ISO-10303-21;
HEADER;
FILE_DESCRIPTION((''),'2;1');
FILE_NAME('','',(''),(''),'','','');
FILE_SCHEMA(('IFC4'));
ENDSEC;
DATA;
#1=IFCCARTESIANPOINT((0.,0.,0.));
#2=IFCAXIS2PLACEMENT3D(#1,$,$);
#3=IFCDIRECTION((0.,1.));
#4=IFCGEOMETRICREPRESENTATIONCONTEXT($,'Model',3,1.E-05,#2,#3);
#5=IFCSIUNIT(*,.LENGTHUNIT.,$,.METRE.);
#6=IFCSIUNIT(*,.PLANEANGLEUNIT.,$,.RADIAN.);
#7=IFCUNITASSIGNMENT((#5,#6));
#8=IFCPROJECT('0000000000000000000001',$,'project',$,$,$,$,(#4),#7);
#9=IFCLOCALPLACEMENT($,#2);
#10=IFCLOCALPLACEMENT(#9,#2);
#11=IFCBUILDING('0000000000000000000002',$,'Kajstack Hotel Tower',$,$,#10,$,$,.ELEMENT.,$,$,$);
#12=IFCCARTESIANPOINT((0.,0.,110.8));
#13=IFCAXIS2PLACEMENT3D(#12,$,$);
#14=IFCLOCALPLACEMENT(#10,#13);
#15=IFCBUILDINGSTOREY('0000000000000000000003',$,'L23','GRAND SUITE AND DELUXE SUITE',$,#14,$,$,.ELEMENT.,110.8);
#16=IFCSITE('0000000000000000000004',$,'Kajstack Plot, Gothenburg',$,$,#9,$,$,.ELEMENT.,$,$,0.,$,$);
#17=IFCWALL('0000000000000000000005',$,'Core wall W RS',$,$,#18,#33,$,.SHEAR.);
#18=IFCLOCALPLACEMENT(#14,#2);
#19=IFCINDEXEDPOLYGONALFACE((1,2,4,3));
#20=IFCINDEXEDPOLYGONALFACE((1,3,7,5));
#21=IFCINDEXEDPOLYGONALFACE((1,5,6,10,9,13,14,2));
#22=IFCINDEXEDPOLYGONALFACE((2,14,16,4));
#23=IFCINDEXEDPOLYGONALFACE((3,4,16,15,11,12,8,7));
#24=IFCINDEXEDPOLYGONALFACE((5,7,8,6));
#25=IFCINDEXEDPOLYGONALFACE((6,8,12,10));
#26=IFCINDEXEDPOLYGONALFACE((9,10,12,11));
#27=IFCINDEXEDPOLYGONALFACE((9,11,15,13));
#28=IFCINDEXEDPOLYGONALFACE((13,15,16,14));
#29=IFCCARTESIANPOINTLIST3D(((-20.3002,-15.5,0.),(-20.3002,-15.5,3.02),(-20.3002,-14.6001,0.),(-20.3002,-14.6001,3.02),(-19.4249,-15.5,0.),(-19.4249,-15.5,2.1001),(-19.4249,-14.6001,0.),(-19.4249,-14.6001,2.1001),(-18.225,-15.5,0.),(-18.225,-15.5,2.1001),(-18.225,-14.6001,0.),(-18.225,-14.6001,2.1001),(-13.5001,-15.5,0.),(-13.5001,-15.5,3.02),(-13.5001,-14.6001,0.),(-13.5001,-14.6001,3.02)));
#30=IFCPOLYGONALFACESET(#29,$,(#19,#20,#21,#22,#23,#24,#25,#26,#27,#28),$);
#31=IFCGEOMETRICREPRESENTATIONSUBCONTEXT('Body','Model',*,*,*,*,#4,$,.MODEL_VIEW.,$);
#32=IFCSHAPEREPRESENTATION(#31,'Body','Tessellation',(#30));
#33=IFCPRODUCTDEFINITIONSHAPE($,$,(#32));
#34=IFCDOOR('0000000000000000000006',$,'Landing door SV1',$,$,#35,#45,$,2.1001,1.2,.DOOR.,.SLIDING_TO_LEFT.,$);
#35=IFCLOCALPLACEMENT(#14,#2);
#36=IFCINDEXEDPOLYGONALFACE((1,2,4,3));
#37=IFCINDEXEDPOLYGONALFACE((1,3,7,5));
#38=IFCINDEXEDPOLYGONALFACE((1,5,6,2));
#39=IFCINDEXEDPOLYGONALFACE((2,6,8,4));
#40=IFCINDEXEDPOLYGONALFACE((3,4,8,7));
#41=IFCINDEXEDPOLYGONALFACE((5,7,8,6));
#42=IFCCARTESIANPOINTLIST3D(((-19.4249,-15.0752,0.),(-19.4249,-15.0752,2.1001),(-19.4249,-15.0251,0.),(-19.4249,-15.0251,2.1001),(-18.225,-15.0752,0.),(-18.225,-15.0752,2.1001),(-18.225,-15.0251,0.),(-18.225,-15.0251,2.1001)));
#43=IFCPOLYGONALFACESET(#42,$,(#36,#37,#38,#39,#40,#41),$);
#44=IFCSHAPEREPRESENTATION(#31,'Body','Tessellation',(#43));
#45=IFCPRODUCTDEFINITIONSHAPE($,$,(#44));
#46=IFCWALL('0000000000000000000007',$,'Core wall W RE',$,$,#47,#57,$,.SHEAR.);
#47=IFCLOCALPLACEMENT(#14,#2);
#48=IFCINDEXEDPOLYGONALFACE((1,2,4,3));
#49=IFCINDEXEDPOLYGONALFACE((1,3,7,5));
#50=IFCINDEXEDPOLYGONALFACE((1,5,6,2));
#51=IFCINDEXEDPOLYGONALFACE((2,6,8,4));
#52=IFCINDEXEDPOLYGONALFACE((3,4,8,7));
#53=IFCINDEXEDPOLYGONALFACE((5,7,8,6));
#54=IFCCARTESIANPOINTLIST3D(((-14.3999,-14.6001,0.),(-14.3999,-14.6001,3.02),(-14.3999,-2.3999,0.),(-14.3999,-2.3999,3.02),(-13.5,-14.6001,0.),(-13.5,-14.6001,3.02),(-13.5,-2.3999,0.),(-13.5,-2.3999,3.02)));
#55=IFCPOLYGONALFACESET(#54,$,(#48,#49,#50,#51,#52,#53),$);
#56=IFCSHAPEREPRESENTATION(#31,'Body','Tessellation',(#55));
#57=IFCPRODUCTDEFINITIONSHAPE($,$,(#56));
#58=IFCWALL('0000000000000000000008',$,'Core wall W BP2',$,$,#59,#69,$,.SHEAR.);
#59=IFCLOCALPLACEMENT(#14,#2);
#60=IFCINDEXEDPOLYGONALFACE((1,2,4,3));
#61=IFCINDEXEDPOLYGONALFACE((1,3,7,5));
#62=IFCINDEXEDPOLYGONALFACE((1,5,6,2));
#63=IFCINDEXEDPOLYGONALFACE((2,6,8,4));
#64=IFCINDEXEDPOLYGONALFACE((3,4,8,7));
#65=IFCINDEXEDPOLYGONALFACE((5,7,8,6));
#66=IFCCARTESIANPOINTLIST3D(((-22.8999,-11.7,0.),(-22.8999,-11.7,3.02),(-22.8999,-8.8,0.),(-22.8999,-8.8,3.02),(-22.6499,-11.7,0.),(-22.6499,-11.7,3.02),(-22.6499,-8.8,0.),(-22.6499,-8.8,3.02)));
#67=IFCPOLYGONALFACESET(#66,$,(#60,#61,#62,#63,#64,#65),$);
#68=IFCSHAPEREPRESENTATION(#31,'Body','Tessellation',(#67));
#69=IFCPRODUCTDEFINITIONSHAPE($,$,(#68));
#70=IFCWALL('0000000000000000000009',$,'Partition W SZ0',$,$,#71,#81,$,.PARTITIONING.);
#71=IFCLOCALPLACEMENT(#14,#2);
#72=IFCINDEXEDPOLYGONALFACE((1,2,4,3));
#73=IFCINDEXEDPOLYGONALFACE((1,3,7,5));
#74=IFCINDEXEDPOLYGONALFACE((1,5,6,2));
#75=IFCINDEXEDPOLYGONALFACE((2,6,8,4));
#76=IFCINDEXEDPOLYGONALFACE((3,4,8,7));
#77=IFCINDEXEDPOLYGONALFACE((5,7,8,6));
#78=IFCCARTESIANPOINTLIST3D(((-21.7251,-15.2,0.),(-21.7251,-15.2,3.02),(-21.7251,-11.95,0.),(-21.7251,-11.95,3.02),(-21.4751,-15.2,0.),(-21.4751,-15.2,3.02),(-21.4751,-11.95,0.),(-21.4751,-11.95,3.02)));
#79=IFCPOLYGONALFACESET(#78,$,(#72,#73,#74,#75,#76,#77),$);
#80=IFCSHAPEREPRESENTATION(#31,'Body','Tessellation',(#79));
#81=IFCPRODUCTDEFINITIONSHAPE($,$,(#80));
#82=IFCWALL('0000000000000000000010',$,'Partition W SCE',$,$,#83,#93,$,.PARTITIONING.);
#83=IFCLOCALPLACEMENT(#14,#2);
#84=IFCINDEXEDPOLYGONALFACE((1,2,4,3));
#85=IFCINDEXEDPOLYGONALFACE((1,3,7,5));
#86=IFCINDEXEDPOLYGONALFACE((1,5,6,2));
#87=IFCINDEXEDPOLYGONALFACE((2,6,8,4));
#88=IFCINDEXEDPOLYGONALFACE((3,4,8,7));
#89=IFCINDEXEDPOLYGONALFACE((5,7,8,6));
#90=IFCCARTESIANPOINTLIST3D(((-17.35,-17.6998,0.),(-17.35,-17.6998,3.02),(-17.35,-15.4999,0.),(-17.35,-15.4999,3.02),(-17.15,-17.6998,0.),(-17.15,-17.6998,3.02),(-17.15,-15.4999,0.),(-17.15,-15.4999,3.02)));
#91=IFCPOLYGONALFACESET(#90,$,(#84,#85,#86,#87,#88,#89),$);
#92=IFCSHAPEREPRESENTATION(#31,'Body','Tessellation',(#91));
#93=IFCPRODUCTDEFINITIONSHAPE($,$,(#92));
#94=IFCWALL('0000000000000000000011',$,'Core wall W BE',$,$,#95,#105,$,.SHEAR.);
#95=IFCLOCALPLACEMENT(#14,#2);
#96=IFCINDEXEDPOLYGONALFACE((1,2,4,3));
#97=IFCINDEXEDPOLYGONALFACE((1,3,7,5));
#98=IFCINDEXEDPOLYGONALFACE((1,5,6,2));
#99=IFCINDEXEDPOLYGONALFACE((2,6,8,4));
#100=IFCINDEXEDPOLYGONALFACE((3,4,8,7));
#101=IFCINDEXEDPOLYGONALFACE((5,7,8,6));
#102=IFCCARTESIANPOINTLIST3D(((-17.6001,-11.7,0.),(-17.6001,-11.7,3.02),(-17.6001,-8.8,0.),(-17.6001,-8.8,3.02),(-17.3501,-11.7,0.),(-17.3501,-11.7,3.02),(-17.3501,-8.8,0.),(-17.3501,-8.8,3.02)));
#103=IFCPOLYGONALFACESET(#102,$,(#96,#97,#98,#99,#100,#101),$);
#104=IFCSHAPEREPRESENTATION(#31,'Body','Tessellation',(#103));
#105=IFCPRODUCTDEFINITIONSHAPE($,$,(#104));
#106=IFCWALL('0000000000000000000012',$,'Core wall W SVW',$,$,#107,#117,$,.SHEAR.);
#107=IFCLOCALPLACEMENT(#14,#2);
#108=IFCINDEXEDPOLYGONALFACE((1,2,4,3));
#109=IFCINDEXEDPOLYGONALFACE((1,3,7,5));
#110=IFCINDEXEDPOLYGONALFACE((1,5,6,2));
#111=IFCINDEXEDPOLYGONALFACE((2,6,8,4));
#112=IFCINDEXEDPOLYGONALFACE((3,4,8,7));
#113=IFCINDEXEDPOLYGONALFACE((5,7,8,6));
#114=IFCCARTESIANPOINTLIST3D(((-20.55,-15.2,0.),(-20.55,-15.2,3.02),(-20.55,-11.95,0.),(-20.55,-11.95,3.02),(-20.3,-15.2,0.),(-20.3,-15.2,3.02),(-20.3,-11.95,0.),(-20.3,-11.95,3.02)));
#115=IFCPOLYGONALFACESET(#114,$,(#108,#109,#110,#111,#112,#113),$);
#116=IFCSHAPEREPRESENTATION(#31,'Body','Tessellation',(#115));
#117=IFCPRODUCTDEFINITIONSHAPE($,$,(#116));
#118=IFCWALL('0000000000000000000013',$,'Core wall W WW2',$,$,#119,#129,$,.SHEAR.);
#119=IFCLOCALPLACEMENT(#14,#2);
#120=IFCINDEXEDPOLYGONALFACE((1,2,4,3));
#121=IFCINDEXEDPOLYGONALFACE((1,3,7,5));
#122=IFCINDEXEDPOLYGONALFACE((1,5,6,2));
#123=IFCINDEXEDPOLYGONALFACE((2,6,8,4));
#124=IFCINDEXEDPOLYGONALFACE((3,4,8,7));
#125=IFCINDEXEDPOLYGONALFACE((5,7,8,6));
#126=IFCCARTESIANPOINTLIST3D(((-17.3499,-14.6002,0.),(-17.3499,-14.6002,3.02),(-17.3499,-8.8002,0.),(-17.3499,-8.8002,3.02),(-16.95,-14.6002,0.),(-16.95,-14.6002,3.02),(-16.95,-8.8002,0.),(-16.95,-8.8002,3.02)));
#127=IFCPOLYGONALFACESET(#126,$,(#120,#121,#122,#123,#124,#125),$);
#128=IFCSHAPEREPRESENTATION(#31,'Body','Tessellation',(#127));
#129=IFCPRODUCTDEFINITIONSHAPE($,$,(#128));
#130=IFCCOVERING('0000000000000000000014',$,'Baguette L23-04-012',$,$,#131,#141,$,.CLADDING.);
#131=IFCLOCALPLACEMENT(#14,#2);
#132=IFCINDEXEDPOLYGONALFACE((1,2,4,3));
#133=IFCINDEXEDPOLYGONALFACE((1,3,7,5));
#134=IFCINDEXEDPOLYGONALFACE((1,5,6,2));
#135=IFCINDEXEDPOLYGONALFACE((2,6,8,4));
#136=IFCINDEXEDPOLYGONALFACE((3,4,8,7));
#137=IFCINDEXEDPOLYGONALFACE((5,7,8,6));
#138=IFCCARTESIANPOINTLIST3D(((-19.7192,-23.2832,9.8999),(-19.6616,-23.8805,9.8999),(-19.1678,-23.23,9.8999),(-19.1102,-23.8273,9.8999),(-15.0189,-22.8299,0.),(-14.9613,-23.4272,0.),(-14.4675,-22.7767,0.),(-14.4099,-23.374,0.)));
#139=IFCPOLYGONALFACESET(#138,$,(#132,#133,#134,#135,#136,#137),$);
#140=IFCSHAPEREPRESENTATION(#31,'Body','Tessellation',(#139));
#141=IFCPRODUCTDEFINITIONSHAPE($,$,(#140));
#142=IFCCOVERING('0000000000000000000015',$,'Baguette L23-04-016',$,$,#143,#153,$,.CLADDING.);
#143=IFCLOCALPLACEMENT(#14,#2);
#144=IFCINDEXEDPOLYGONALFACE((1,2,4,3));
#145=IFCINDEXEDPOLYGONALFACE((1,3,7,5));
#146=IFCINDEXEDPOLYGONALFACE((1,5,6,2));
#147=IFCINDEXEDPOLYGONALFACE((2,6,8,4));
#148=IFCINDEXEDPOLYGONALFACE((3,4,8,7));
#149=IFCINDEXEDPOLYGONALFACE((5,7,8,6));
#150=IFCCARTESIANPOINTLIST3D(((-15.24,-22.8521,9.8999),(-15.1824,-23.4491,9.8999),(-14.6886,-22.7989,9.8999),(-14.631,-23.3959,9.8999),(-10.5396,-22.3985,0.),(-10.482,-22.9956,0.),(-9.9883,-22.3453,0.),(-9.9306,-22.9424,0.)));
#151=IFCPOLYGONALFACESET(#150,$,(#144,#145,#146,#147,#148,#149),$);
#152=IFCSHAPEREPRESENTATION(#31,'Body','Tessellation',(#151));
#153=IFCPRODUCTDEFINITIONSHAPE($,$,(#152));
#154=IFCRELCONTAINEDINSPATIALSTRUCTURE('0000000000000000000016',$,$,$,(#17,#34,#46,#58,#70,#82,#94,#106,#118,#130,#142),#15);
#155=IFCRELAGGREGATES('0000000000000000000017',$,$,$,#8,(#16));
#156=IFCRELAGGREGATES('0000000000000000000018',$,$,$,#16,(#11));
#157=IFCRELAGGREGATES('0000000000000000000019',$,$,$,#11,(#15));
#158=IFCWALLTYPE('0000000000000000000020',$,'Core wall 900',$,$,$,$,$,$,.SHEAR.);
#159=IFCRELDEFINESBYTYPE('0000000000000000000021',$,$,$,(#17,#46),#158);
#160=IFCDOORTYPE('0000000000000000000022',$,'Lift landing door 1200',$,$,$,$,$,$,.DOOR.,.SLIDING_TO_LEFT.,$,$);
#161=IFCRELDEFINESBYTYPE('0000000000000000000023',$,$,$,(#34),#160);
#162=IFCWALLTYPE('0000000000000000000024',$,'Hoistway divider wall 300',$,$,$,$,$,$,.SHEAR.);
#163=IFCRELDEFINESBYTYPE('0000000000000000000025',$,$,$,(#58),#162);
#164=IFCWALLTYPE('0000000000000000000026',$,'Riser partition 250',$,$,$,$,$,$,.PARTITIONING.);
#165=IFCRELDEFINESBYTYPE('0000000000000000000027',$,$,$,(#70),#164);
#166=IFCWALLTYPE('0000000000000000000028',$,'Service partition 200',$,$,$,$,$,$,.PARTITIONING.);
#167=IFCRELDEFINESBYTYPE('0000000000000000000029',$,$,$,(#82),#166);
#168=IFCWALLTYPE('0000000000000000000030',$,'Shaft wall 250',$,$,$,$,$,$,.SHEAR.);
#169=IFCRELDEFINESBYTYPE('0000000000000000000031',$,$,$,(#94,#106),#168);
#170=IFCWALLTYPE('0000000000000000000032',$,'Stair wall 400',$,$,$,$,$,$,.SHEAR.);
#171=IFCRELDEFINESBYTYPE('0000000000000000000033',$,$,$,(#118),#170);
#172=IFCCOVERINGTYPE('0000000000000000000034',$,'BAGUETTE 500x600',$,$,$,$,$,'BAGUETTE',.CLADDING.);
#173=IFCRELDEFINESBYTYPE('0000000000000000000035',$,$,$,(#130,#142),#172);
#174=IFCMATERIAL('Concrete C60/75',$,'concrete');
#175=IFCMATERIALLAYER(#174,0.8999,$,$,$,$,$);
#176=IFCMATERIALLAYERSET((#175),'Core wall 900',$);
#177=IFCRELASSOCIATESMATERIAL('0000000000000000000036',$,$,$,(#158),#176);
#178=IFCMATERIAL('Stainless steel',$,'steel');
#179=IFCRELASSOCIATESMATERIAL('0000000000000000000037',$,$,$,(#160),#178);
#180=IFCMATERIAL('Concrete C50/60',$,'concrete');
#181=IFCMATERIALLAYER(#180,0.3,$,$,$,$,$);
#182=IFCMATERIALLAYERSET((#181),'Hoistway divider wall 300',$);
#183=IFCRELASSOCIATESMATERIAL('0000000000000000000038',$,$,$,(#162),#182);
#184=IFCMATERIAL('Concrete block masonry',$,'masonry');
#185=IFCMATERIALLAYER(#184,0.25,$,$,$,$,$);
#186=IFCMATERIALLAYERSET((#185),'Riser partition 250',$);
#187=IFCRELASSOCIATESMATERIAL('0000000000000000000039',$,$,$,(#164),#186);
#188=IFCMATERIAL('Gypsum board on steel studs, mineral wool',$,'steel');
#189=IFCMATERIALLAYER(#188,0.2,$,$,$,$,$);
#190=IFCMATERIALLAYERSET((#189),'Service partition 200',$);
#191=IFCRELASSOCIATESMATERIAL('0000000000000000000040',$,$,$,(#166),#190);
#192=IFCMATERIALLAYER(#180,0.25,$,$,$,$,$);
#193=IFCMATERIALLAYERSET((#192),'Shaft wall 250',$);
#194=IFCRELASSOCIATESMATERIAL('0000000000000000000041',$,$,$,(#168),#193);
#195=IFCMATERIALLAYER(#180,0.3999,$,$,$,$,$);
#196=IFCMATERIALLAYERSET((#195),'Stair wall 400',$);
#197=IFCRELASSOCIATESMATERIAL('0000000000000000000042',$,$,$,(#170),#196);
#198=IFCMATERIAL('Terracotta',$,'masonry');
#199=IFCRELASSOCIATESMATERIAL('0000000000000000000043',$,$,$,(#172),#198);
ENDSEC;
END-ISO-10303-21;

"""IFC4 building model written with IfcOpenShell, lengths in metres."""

from ifc_helpers import new_model, si_unit, direction, frame, frame_2d, origin, origin_2d, place, context, subcontext, project, spatial, polyline, rectangle, outline, extrude, material, layer, layer_set, material_profile, profile_set, type_object, element, fill, save


model = new_model("IFC4")

# Units and contexts
model_context = context("Model", 3, precision=1e-05, world=origin(), true_north=direction((0.0, 1.0)))
body_context = subcontext(model_context, "Body", "Model", "MODEL_VIEW")
ifc_project = project(units=[si_unit("LENGTHUNIT", "METRE"), si_unit("PLANEANGLEUNIT", "RADIAN")], contexts=[model_context])

# Site, building, storey
site_placement = place(None, origin())
site = spatial("IfcSite", under=ifc_project, at=site_placement, Name="Kajstack Plot, Gothenburg", CompositionType="ELEMENT", RefElevation=0.0)
building_placement = place(site_placement, origin())
building = spatial("IfcBuilding", under=site, at=building_placement, Name="Kajstack Hotel Tower", CompositionType="ELEMENT")
storey_placement = place(building_placement, frame((0.0, 0.0, 110.8)))
storey = spatial("IfcBuildingStorey", under=building, at=storey_placement, Name="L23", Description="GRAND SUITE AND DELUXE SUITE", CompositionType="ELEMENT", Elevation=110.8)

# Wall, opening, door
ifc_material_1 = material(Name="Concrete C60/75", Category="concrete")
ifc_layer_1 = layer(ifc_material_1, 0.8999)
ifc_layer_set_1 = layer_set([ifc_layer_1], Name="Core wall 900")
wall_type_1 = type_object("IfcWallType", Name="Core wall 900", PredefinedType="SHEAR", material=ifc_layer_set_1)
wall_1_placement = place(storey_placement, frame((-20.3, -15.05, 0.0), z_axis=(0.0, 0.0, 1.0), x_axis=(1.0, 0.0, 0.0)))
wall_1 = element("IfcWall", 1, at=wall_1_placement, inside=storey, type_object=wall_type_1, Name="Core wall W RS", PredefinedType="SHEAR", context=body_context, shape_type="SweptSolid", body=[
    extrude(rectangle(XDim=6.8, YDim=0.8999, at=frame_2d((3.3999, 0.0))), origin(), (0.0, 0.0, 1.0), 3.02),
])
opening_placement = place(wall_1_placement, frame((0.875, 0.0, 0.0)))
opening = element("IfcOpeningElement", 2, at=opening_placement, cuts=wall_1, PredefinedType="OPENING", context=body_context, shape_type="SweptSolid", body=[
    extrude(rectangle(XDim=1.2, YDim=2.1001, at=frame_2d((0.6001, 1.05))), frame((0.0, 0.46, 0.0), z_axis=(0.0, -1.0, 0.0), x_axis=(1.0, 0.0, 0.0)), (0.0, 0.0, 1.0), 0.9199),
])
ifc_material_2 = material(Name="Stainless steel", Category="steel")
door_type = type_object("IfcDoorType", Name="Lift landing door 1200", OperationType="SLIDING_TO_LEFT", PredefinedType="DOOR", material=ifc_material_2)
door_placement = place(opening_placement, origin())
door = element("IfcDoor", 3, at=door_placement, inside=storey, type_object=door_type, Name="Landing door SV1", OperationType="SLIDING_TO_LEFT", OverallHeight=2.1001, OverallWidth=1.2, PredefinedType="DOOR", context=body_context, shape_type="SweptSolid", body=[
    extrude(rectangle(XDim=1.2, YDim=2.1001, at=frame_2d((0.6001, 1.05))), frame((0.0, 0.0249, 0.0), z_axis=(0.0, -1.0, 0.0), x_axis=(1.0, 0.0, 0.0)), (0.0, 0.0, 1.0), 0.05),
])
fill(opening, door)

# Walls
wall_2_placement = place(storey_placement, frame((-13.95, -14.6001, 0.0), z_axis=(0.0, 0.0, 1.0), x_axis=(0.0, 1.0, 0.0)))
element("IfcWall", 4, at=wall_2_placement, inside=storey, type_object=wall_type_1, Name="Core wall W RE", PredefinedType="SHEAR", context=body_context, shape_type="SweptSolid", body=[
    extrude(rectangle(XDim=12.2002, YDim=0.8999, at=frame_2d((6.1001, 0.0))), origin(), (0.0, 0.0, 1.0), 3.02),
])
ifc_material_3 = material(Name="Concrete C50/60", Category="concrete")
ifc_layer_2 = layer(ifc_material_3, 0.3)
ifc_layer_set_2 = layer_set([ifc_layer_2], Name="Hoistway divider wall 300")
wall_type_2 = type_object("IfcWallType", Name="Hoistway divider wall 300", PredefinedType="SHEAR", material=ifc_layer_set_2)
wall_3_placement = place(storey_placement, frame((-22.7749, -11.7, 0.0), z_axis=(0.0, 0.0, 1.0), x_axis=(0.0, 1.0, 0.0)))
element("IfcWall", 5, at=wall_3_placement, inside=storey, type_object=wall_type_2, Name="Core wall W BP2", PredefinedType="SHEAR", context=body_context, shape_type="SweptSolid", body=[
    extrude(rectangle(XDim=2.8999, YDim=0.25, at=frame_2d((1.45, 0.0))), origin(), (0.0, 0.0, 1.0), 3.02),
])
ifc_material_4 = material(Name="Concrete block masonry", Category="masonry")
ifc_layer_3 = layer(ifc_material_4, 0.25)
ifc_layer_set_3 = layer_set([ifc_layer_3], Name="Riser partition 250")
wall_type_3 = type_object("IfcWallType", Name="Riser partition 250", PredefinedType="PARTITIONING", material=ifc_layer_set_3)
wall_4_placement = place(storey_placement, frame((-21.6001, -15.2, 0.0), z_axis=(0.0, 0.0, 1.0), x_axis=(0.0, 1.0, 0.0)))
element("IfcWall", 6, at=wall_4_placement, inside=storey, type_object=wall_type_3, Name="Partition W SZ0", PredefinedType="PARTITIONING", context=body_context, shape_type="SweptSolid", body=[
    extrude(rectangle(XDim=3.25, YDim=0.25, at=frame_2d((1.625, 0.0))), origin(), (0.0, 0.0, 1.0), 3.02),
])
ifc_material_5 = material(Name="Gypsum board on steel studs, mineral wool", Category="steel")
ifc_layer_4 = layer(ifc_material_5, 0.2)
ifc_layer_set_4 = layer_set([ifc_layer_4], Name="Service partition 200")
wall_type_4 = type_object("IfcWallType", Name="Service partition 200", PredefinedType="PARTITIONING", material=ifc_layer_set_4)
wall_5_placement = place(storey_placement, frame((-17.25, -17.7, 0.0), z_axis=(0.0, 0.0, 1.0), x_axis=(0.0, 1.0, 0.0)))
element("IfcWall", 7, at=wall_5_placement, inside=storey, type_object=wall_type_4, Name="Partition W SCE", PredefinedType="PARTITIONING", context=body_context, shape_type="SweptSolid", body=[
    extrude(rectangle(XDim=2.2, YDim=0.2, at=frame_2d((1.1001, 0.0))), origin(), (0.0, 0.0, 1.0), 3.02),
])
ifc_layer_5 = layer(ifc_material_3, 0.25)
ifc_layer_set_5 = layer_set([ifc_layer_5], Name="Shaft wall 250")
wall_type_5 = type_object("IfcWallType", Name="Shaft wall 250", PredefinedType="SHEAR", material=ifc_layer_set_5)
wall_6_placement = place(storey_placement, frame((-17.4751, -11.7, 0.0), z_axis=(0.0, 0.0, 1.0), x_axis=(0.0, 1.0, 0.0)))
element("IfcWall", 8, at=wall_6_placement, inside=storey, type_object=wall_type_5, Name="Core wall W BE", PredefinedType="SHEAR", context=body_context, shape_type="SweptSolid", body=[
    extrude(rectangle(XDim=2.8999, YDim=0.25, at=frame_2d((1.45, 0.0))), origin(), (0.0, 0.0, 1.0), 3.02),
])
wall_7_placement = place(storey_placement, frame((-20.425, -15.2, 0.0), z_axis=(0.0, 0.0, 1.0), x_axis=(0.0, 1.0, 0.0)))
element("IfcWall", 9, at=wall_7_placement, inside=storey, type_object=wall_type_5, Name="Core wall W SVW", PredefinedType="SHEAR", context=body_context, shape_type="SweptSolid", body=[
    extrude(rectangle(XDim=3.25, YDim=0.25, at=frame_2d((1.625, 0.0))), origin(), (0.0, 0.0, 1.0), 3.02),
])
ifc_layer_6 = layer(ifc_material_3, 0.3999)
ifc_layer_set_6 = layer_set([ifc_layer_6], Name="Stair wall 400")
wall_type_6 = type_object("IfcWallType", Name="Stair wall 400", PredefinedType="SHEAR", material=ifc_layer_set_6)
wall_8_placement = place(storey_placement, frame((-17.1499, -14.6001, 0.0), z_axis=(0.0, 0.0, 1.0), x_axis=(0.0, 1.0, 0.0)))
element("IfcWall", 10, at=wall_8_placement, inside=storey, type_object=wall_type_6, Name="Core wall W WW2", PredefinedType="SHEAR", context=body_context, shape_type="SweptSolid", body=[
    extrude(rectangle(XDim=5.8, YDim=0.3999, at=frame_2d((2.8999, 0.0))), origin(), (0.0, 0.0, 1.0), 3.02),
])

# Coverings
ifc_material_6 = material(Name="Terracotta", Category="masonry")
ifc_material_profile = material_profile(ifc_material_6, rectangle(XDim=0.6001, YDim=0.5, at=origin_2d()), Name="Terracotta-clad concrete baguette 500 x 600")
ifc_profile_set = profile_set([ifc_material_profile], Name="Terracotta")
covering_type = type_object("IfcCoveringType", Name="BAGUETTE 500x600", ElementType="BAGUETTE", PredefinedType="CLADDING", material=ifc_profile_set)
covering_1_placement = place(storey_placement, frame((-19.7192, -23.2832, 0.0), z_axis=(0.095999, -0.995381, 0.0), x_axis=(0.995381, 0.095999, 0.0)))
element("IfcCovering", 11, at=covering_1_placement, inside=storey, type_object=covering_type, Name="Baguette L23-04-012", PredefinedType="CLADDING", context=body_context, shape_type="SweptSolid", body=[
    extrude(outline(polyline([(0.0, 9.8999), (4.7222, 0.0), (5.2761, 0.0), (0.554, 9.8999), (0.0, 9.8999)])), origin(), (0.0, 0.0, 1.0), 0.6001),
])
covering_2_placement = place(storey_placement, frame((-15.24, -22.8521, 0.0), z_axis=(0.096038, -0.995378, 0.0), x_axis=(0.995378, 0.096038, 0.0)))
element("IfcCovering", 12, at=covering_2_placement, inside=storey, type_object=covering_type, Name="Baguette L23-04-016", PredefinedType="CLADDING", context=body_context, shape_type="SweptSolid", body=[
    extrude(outline(polyline([(0.0, 9.8999), (4.7222, 0.0), (5.2761, 0.0), (0.554, 9.8999), (0.0, 9.8999)])), origin(), (0.0, 0.0, 1.0), 0.5999),
])

save(model, "model.ifc")
